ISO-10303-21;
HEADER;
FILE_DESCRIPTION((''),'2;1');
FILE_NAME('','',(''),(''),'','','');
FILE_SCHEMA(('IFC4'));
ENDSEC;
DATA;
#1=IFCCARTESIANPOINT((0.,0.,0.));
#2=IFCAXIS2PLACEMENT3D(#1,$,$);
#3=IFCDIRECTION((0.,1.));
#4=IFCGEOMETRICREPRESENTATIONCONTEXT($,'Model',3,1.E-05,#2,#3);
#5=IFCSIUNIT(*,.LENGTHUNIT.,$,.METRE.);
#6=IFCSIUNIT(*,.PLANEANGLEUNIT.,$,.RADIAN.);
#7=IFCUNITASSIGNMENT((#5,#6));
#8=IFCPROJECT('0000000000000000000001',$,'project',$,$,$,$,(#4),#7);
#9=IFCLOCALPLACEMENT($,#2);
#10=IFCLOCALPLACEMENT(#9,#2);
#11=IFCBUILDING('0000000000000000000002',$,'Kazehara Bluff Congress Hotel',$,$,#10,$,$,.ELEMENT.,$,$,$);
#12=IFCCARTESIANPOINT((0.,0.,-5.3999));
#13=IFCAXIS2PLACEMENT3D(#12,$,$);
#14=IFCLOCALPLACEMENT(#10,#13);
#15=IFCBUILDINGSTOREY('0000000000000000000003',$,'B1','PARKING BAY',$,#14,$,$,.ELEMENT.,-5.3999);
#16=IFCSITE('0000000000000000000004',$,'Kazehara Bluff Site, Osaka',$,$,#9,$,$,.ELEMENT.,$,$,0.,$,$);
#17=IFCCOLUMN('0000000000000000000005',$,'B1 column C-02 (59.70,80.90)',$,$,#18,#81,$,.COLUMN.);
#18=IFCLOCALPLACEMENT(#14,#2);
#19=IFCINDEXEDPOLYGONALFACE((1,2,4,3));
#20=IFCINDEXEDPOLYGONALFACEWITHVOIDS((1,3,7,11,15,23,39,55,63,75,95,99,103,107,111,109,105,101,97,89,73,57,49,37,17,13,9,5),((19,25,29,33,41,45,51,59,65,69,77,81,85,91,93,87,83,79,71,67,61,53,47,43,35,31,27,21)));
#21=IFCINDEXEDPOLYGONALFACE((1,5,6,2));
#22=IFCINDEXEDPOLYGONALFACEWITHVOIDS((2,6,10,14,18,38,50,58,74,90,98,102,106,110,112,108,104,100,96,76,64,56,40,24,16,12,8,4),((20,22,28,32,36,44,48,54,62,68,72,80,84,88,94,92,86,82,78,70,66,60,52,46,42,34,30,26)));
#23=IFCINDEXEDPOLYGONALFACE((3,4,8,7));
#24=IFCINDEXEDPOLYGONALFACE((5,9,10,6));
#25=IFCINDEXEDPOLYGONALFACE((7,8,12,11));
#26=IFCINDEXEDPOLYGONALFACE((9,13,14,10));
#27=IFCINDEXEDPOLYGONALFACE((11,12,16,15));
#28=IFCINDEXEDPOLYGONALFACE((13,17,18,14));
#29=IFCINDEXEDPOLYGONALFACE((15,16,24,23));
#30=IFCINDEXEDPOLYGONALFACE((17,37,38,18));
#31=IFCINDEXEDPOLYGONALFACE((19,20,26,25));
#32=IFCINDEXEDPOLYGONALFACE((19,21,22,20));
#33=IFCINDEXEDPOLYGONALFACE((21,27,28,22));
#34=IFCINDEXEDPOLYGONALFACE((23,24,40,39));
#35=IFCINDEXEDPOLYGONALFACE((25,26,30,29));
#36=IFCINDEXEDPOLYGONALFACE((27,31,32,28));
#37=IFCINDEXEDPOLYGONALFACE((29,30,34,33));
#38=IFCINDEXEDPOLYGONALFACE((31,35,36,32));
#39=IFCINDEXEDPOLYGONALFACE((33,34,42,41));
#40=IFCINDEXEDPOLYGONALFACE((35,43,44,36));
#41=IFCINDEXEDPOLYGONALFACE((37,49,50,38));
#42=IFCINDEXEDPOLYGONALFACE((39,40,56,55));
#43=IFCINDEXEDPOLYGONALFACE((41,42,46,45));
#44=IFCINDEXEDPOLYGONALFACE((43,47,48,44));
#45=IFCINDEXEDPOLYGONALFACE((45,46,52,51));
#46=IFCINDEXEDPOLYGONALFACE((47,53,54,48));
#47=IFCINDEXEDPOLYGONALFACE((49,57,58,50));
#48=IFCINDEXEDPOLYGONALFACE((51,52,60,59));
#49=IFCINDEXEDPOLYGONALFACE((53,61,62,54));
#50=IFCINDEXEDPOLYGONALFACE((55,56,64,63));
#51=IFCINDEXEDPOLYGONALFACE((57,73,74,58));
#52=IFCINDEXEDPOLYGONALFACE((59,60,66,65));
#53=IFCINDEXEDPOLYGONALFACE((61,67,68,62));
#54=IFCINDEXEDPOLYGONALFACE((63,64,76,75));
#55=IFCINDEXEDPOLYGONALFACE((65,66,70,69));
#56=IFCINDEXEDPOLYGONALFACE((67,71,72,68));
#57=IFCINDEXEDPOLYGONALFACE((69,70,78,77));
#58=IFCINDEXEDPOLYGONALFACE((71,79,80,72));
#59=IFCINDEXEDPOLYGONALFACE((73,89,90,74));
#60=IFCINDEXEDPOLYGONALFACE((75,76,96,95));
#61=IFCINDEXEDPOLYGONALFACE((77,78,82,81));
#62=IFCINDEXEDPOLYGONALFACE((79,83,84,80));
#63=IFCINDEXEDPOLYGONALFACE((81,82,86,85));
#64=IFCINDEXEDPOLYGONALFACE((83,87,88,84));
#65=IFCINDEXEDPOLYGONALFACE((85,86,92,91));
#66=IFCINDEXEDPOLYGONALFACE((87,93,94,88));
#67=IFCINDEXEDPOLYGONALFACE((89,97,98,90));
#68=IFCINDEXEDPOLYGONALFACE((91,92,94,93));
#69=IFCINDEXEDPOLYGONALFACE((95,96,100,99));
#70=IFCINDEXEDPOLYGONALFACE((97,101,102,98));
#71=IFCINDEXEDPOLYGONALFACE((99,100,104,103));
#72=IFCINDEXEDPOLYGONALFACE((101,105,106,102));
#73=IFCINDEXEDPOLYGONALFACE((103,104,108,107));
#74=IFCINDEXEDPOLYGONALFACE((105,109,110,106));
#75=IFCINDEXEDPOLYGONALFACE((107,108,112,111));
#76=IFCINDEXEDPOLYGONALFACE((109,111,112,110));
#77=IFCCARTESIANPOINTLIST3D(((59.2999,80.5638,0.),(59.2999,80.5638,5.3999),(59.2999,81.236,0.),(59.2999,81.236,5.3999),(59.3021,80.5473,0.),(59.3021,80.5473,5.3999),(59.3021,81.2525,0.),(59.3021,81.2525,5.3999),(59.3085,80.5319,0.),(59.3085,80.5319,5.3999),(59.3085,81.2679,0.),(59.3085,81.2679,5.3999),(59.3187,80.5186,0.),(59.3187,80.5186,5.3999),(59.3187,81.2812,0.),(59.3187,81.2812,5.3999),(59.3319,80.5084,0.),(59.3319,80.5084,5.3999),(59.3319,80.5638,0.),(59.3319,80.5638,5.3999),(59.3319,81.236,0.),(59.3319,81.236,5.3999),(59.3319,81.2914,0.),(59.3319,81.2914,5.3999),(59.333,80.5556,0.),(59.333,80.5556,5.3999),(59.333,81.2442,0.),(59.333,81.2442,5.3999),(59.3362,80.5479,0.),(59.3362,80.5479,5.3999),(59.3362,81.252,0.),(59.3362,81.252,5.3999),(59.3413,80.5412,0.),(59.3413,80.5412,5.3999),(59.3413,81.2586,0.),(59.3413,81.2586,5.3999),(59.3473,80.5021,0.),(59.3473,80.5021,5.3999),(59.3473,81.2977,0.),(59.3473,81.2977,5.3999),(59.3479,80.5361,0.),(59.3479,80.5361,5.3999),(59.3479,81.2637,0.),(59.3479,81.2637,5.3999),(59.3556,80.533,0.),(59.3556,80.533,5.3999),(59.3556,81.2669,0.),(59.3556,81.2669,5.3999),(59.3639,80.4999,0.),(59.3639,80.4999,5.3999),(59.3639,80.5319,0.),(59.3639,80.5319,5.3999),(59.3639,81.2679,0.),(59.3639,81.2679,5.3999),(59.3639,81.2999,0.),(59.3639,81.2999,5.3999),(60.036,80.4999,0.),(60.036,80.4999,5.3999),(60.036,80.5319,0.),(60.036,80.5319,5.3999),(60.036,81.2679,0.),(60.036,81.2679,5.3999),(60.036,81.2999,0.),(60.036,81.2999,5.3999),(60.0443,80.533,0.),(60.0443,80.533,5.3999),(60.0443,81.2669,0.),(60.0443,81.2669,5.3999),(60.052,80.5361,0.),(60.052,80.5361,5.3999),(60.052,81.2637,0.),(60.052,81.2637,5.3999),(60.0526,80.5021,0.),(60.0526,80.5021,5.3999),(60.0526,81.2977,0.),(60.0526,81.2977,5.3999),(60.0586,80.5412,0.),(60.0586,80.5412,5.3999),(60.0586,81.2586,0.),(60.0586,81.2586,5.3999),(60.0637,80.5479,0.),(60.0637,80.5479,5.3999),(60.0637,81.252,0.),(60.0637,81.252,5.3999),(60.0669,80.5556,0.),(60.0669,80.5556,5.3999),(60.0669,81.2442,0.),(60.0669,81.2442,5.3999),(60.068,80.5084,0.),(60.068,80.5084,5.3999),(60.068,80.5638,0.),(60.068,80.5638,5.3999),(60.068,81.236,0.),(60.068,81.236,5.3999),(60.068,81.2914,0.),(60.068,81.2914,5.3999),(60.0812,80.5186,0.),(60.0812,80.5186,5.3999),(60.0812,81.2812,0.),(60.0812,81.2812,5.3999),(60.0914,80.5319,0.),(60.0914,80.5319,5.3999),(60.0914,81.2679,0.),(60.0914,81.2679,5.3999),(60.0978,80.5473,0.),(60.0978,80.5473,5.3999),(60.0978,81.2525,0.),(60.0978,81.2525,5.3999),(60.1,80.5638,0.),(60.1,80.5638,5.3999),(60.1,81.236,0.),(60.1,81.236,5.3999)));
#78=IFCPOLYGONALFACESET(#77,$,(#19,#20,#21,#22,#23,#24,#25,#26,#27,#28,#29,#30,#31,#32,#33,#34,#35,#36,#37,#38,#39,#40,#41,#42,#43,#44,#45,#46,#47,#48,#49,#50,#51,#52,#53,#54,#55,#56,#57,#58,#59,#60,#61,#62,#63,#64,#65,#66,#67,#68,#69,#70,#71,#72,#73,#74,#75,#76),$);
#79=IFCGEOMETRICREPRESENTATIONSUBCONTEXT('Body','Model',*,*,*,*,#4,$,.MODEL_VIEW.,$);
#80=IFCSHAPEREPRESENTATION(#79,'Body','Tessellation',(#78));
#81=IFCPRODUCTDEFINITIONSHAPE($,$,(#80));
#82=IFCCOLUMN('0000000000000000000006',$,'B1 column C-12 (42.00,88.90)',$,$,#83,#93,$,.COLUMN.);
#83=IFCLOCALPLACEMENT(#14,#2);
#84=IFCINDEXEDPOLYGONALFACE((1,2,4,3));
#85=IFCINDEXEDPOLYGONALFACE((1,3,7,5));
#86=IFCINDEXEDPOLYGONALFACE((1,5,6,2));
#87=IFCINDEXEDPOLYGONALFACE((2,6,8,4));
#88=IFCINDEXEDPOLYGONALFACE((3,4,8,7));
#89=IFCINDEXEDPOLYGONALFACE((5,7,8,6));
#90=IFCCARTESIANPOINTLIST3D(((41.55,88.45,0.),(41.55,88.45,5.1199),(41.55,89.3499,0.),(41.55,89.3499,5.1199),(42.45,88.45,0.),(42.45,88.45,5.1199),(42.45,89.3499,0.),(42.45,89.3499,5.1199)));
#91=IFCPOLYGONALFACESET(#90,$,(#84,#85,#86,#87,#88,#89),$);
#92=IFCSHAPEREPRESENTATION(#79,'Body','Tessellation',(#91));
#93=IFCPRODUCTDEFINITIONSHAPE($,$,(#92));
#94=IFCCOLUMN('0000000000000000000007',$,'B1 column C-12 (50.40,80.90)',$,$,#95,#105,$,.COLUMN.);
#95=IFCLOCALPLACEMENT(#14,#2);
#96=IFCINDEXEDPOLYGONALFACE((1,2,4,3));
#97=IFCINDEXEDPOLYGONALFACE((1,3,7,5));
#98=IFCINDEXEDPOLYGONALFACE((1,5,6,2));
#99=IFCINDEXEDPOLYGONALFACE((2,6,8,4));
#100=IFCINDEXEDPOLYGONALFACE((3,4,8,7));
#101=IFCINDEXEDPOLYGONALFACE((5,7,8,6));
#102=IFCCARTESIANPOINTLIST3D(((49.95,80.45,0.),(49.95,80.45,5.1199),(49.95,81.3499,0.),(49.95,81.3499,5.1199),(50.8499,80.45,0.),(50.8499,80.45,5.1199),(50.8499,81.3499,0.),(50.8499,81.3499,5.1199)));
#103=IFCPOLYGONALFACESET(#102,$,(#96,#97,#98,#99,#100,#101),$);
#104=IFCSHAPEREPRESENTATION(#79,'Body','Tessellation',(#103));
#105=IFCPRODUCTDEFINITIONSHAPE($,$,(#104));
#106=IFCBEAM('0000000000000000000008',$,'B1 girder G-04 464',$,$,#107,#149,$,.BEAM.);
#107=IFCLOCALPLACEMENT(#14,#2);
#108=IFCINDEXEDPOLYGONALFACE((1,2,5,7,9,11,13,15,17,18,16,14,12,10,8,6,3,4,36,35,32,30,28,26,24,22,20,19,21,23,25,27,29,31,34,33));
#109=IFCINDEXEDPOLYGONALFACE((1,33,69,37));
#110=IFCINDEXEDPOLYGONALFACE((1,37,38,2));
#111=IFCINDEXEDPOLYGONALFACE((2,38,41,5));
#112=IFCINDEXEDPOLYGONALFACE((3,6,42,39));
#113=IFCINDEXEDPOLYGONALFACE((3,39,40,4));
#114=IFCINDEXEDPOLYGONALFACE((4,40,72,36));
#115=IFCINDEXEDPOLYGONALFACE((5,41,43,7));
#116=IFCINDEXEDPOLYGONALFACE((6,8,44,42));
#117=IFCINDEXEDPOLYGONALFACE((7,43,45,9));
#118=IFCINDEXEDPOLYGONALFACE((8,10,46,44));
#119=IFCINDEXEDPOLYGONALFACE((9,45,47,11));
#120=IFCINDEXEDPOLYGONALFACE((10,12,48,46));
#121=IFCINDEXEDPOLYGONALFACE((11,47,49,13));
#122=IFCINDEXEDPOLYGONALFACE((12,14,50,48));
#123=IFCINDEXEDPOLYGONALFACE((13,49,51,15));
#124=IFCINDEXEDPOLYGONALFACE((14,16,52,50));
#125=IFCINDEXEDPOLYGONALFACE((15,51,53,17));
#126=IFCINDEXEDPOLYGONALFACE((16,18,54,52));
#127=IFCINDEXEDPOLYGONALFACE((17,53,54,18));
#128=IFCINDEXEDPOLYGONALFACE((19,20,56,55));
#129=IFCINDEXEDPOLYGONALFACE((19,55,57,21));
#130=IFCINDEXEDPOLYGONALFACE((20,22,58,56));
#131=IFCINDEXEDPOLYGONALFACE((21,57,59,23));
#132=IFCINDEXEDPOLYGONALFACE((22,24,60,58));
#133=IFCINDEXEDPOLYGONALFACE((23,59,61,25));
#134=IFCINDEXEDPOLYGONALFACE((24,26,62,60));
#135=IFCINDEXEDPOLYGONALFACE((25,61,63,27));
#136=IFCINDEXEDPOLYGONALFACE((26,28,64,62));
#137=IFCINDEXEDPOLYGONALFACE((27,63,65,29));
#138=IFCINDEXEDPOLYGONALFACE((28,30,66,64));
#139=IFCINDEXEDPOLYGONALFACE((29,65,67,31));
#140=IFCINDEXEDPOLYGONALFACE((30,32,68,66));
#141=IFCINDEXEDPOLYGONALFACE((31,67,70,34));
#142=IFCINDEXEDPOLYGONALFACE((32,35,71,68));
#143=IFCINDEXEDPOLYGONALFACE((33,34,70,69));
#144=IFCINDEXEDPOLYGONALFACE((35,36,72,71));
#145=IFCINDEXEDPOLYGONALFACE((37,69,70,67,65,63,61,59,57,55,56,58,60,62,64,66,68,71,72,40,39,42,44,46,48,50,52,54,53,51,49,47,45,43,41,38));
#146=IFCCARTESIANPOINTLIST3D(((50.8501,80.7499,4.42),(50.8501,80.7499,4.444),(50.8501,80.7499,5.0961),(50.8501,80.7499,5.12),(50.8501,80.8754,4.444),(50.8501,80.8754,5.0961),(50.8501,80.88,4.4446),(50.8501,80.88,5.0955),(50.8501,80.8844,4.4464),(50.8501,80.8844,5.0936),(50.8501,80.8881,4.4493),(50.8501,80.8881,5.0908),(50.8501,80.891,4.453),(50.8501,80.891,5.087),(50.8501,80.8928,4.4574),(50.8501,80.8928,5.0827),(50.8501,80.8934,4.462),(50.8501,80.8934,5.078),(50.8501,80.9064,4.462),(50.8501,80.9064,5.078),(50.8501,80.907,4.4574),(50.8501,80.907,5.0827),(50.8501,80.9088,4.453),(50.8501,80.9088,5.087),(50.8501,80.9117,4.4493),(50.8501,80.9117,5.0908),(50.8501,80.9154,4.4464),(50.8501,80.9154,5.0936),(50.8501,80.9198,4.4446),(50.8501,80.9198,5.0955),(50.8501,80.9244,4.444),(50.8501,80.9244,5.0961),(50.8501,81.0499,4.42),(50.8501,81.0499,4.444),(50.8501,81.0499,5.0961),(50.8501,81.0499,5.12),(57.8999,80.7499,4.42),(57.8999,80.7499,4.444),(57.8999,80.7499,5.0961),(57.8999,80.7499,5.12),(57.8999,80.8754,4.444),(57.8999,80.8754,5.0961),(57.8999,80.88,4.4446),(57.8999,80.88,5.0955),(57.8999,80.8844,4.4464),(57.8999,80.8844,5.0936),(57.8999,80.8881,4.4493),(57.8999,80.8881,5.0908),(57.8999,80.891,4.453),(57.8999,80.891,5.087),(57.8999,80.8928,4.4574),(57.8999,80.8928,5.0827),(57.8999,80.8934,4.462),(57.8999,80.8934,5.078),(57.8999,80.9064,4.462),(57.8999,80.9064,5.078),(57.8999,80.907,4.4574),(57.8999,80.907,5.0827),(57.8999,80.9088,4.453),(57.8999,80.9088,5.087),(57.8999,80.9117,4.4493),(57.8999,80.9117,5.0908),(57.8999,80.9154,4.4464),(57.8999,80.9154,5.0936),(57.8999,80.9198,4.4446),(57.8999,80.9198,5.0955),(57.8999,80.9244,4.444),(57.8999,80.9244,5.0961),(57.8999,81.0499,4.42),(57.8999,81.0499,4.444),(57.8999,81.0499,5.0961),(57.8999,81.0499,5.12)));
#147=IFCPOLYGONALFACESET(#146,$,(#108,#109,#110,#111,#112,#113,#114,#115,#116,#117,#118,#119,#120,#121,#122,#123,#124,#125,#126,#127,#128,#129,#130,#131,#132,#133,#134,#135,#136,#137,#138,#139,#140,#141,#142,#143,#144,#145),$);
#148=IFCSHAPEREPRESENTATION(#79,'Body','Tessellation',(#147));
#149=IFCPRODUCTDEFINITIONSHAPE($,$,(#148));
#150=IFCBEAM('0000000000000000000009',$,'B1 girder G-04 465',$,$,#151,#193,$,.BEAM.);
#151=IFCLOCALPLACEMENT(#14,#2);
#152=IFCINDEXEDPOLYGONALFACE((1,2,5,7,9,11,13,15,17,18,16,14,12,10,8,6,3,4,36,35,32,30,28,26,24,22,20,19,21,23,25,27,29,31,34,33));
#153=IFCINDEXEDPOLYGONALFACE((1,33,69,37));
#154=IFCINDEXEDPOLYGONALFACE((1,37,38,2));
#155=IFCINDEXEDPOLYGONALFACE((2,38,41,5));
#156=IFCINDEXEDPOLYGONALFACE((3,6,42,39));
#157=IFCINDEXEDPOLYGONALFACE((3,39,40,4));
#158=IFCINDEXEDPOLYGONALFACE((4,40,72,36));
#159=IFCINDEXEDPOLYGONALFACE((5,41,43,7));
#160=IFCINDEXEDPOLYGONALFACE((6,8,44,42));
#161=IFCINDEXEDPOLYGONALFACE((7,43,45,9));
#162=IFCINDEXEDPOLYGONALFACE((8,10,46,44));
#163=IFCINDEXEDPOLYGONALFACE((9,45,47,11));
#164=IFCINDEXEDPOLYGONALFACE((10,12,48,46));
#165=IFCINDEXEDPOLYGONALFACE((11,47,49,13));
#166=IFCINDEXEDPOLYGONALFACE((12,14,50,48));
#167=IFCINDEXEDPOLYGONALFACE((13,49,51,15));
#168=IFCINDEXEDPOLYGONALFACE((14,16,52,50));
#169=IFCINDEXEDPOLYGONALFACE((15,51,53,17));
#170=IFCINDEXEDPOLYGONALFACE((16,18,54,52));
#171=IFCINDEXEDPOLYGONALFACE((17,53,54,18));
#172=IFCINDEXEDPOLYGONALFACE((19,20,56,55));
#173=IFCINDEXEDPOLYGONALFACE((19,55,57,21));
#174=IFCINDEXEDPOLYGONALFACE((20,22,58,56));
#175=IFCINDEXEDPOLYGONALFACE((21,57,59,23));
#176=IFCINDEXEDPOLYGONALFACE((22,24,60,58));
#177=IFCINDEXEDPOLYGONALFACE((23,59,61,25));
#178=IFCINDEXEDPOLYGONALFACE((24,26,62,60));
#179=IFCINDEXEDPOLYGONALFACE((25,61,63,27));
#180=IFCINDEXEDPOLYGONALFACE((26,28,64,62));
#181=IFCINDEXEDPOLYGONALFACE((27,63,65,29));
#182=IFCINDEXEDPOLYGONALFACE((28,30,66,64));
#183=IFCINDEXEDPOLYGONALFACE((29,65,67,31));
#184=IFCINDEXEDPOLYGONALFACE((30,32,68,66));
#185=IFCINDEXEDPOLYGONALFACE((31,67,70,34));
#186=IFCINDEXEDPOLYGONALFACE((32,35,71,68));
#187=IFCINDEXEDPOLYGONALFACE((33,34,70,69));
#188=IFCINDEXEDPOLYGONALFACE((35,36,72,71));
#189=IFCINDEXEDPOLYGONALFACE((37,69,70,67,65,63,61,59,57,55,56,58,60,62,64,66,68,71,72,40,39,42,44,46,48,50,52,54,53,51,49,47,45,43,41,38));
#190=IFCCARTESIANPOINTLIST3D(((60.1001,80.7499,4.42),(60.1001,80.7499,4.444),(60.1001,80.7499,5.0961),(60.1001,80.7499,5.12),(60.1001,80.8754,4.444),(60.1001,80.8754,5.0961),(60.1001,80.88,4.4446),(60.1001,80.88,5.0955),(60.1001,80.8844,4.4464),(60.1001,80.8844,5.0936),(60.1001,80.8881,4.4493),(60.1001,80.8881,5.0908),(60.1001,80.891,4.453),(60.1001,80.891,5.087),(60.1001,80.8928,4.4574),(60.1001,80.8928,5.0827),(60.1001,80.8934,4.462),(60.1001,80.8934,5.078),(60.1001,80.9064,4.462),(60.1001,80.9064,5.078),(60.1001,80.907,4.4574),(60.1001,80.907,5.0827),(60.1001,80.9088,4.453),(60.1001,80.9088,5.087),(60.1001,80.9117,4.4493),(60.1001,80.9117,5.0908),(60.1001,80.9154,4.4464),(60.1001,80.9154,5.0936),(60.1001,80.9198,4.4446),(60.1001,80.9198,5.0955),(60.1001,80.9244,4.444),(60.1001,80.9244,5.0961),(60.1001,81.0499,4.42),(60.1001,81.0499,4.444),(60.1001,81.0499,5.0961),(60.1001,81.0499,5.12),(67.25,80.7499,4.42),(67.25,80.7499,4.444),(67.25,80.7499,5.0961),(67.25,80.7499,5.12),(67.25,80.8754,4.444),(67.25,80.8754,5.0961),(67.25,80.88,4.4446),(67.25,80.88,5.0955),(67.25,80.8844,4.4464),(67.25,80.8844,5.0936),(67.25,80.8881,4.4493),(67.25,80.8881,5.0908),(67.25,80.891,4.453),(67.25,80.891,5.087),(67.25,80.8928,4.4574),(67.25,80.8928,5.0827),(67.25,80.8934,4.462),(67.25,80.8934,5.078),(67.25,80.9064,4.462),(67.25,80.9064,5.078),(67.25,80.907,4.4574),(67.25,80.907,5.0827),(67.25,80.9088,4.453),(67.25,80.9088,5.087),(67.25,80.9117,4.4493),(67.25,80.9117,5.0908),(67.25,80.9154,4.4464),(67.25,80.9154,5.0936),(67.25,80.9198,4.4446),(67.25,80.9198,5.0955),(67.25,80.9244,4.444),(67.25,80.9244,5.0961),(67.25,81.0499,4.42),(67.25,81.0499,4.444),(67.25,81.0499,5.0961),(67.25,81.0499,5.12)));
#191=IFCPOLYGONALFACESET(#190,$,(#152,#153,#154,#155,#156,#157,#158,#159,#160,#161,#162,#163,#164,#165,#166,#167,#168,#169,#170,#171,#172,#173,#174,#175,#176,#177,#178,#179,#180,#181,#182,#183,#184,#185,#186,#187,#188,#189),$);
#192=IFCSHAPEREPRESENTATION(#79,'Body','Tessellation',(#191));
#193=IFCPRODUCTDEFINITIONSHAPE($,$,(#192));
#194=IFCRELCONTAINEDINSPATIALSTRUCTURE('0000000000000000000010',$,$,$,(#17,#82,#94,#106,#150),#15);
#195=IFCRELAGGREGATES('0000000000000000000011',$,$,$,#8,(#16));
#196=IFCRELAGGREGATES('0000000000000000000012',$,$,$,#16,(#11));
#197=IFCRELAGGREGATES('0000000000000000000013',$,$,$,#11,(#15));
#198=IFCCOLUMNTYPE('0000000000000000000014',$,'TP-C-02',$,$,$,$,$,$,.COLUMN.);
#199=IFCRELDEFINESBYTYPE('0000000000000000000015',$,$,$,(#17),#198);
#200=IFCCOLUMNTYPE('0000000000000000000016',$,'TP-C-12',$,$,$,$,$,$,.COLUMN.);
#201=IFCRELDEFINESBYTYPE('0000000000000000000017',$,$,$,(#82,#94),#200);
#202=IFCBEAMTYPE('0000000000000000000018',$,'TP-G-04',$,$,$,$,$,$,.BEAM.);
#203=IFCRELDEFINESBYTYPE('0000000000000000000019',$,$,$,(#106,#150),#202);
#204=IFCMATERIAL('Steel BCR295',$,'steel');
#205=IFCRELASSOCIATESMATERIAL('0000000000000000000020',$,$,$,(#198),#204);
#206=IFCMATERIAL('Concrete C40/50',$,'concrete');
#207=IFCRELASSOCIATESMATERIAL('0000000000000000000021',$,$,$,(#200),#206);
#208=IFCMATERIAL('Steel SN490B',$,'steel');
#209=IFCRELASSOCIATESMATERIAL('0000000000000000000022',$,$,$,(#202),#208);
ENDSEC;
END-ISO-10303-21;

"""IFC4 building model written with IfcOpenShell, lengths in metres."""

from ifc_helpers import new_model, si_unit, direction, frame, origin, origin_2d, place, context, subcontext, project, spatial, rectangle, hollow_rectangle, i_section, extrude, material, material_profile, profile_set, type_object, element, save


model = new_model("IFC4")

# Units and contexts
model_context = context("Model", 3, precision=1e-05, world=origin(), true_north=direction((0.0, 1.0)))
body_context = subcontext(model_context, "Body", "Model", "MODEL_VIEW")
ifc_project = project(units=[si_unit("LENGTHUNIT", "METRE"), si_unit("PLANEANGLEUNIT", "RADIAN")], contexts=[model_context])

# Site, building, storey
site_placement = place(None, origin())
site = spatial("IfcSite", under=ifc_project, at=site_placement, Name="Kazehara Bluff Site, Osaka", CompositionType="ELEMENT", RefElevation=0.0)
building_placement = place(site_placement, origin())
building = spatial("IfcBuilding", under=site, at=building_placement, Name="Kazehara Bluff Congress Hotel", CompositionType="ELEMENT")
storey_placement = place(building_placement, frame((0.0, 0.0, -5.3999)))
storey = spatial("IfcBuildingStorey", under=building, at=storey_placement, Name="B1", Description="PARKING BAY", CompositionType="ELEMENT", Elevation=-5.3999)

# Columns
ifc_material_1 = material(Name="Steel BCR295", Category="steel")
ifc_material_profile_1 = material_profile(ifc_material_1, hollow_rectangle(XDim=0.8, YDim=0.8, WallThickness=0.032, InnerFilletRadius=0.032, OuterFilletRadius=0.064, at=origin_2d()))
ifc_profile_set_1 = profile_set([ifc_material_profile_1], Name="Steel BCR295")
column_type_1 = type_object("IfcColumnType", Name="TP-C-02", PredefinedType="COLUMN", material=ifc_profile_set_1)
column_1_placement = place(storey_placement, frame((59.7, 80.8999, 0.0), z_axis=(0.0, 0.0, 1.0), x_axis=(1.0, 0.0, 0.0)))
element("IfcColumn", 1, at=column_1_placement, inside=storey, type_object=column_type_1, Name="B1 column C-02 (59.70,80.90)", PredefinedType="COLUMN", context=body_context, shape_type="SweptSolid", body=[
    extrude(hollow_rectangle(XDim=0.8, YDim=0.8, WallThickness=0.032, InnerFilletRadius=0.032, OuterFilletRadius=0.064, at=origin_2d()), origin(), (0.0, 0.0, 1.0), 5.3999),
])
ifc_material_2 = material(Name="Concrete C40/50", Category="concrete")
ifc_material_profile_2 = material_profile(ifc_material_2, rectangle(XDim=0.8999, YDim=0.8999, at=origin_2d()))
ifc_profile_set_2 = profile_set([ifc_material_profile_2], Name="Concrete C40/50")
column_type_2 = type_object("IfcColumnType", Name="TP-C-12", PredefinedType="COLUMN", material=ifc_profile_set_2)
for number, where, z_axis, x_axis, name in (
    (2, (42.0, 88.8999, 0.0), (0.0, 0.0, 1.0), (1.0, 0.0, 0.0), "B1 column C-12 (42.00,88.90)"),
    (3, (50.3999, 80.8999, 0.0), (0.0, 0.0, 1.0), (1.0, 0.0, 0.0), "B1 column C-12 (50.40,80.90)"),
):
    element("IfcColumn", number, at=place(storey_placement, frame(where, z_axis=z_axis, x_axis=x_axis)), inside=storey, type_object=column_type_2, Name=name, PredefinedType="COLUMN", context=body_context, shape_type="SweptSolid", body=[
        extrude(rectangle(XDim=0.8999, YDim=0.8999, at=origin_2d()), origin(), (0.0, 0.0, 1.0), 5.1199),
    ])

# Beams
ifc_material_3 = material(Name="Steel SN490B", Category="steel")
ifc_material_profile_3 = material_profile(ifc_material_3, i_section(OverallWidth=0.3, OverallDepth=0.7, WebThickness=0.0129, FlangeThickness=0.0239, FilletRadius=0.0181, at=origin_2d()))
ifc_profile_set_3 = profile_set([ifc_material_profile_3], Name="Steel SN490B")
beam_type_1 = type_object("IfcBeamType", Name="TP-G-04", PredefinedType="BEAM", material=ifc_profile_set_3)
beam_1_placement = place(storey_placement, frame((50.8501, 80.8999, 4.77), z_axis=(1.0, 0.0, 0.0), x_axis=(0.0, 1.0, 0.0)))
element("IfcBeam", 4, at=beam_1_placement, inside=storey, type_object=beam_type_1, Name="B1 girder G-04 464", PredefinedType="BEAM", context=body_context, shape_type="SweptSolid", body=[
    extrude(i_section(OverallWidth=0.3, OverallDepth=0.7, WebThickness=0.0129, FlangeThickness=0.0239, FilletRadius=0.0181, at=origin_2d()), origin(), (0.0, 0.0, 1.0), 7.0498),
])
beam_2_placement = place(storey_placement, frame((60.1001, 80.8999, 4.77), z_axis=(1.0, 0.0, 0.0), x_axis=(0.0, 1.0, 0.0)))
element("IfcBeam", 5, at=beam_2_placement, inside=storey, type_object=beam_type_1, Name="B1 girder G-04 465", PredefinedType="BEAM", context=body_context, shape_type="SweptSolid", body=[
    extrude(i_section(OverallWidth=0.3, OverallDepth=0.7, WebThickness=0.0129, FlangeThickness=0.0239, FilletRadius=0.0181, at=origin_2d()), origin(), (0.0, 0.0, 1.0), 7.1499),
])

save(model, "model.ifc")
